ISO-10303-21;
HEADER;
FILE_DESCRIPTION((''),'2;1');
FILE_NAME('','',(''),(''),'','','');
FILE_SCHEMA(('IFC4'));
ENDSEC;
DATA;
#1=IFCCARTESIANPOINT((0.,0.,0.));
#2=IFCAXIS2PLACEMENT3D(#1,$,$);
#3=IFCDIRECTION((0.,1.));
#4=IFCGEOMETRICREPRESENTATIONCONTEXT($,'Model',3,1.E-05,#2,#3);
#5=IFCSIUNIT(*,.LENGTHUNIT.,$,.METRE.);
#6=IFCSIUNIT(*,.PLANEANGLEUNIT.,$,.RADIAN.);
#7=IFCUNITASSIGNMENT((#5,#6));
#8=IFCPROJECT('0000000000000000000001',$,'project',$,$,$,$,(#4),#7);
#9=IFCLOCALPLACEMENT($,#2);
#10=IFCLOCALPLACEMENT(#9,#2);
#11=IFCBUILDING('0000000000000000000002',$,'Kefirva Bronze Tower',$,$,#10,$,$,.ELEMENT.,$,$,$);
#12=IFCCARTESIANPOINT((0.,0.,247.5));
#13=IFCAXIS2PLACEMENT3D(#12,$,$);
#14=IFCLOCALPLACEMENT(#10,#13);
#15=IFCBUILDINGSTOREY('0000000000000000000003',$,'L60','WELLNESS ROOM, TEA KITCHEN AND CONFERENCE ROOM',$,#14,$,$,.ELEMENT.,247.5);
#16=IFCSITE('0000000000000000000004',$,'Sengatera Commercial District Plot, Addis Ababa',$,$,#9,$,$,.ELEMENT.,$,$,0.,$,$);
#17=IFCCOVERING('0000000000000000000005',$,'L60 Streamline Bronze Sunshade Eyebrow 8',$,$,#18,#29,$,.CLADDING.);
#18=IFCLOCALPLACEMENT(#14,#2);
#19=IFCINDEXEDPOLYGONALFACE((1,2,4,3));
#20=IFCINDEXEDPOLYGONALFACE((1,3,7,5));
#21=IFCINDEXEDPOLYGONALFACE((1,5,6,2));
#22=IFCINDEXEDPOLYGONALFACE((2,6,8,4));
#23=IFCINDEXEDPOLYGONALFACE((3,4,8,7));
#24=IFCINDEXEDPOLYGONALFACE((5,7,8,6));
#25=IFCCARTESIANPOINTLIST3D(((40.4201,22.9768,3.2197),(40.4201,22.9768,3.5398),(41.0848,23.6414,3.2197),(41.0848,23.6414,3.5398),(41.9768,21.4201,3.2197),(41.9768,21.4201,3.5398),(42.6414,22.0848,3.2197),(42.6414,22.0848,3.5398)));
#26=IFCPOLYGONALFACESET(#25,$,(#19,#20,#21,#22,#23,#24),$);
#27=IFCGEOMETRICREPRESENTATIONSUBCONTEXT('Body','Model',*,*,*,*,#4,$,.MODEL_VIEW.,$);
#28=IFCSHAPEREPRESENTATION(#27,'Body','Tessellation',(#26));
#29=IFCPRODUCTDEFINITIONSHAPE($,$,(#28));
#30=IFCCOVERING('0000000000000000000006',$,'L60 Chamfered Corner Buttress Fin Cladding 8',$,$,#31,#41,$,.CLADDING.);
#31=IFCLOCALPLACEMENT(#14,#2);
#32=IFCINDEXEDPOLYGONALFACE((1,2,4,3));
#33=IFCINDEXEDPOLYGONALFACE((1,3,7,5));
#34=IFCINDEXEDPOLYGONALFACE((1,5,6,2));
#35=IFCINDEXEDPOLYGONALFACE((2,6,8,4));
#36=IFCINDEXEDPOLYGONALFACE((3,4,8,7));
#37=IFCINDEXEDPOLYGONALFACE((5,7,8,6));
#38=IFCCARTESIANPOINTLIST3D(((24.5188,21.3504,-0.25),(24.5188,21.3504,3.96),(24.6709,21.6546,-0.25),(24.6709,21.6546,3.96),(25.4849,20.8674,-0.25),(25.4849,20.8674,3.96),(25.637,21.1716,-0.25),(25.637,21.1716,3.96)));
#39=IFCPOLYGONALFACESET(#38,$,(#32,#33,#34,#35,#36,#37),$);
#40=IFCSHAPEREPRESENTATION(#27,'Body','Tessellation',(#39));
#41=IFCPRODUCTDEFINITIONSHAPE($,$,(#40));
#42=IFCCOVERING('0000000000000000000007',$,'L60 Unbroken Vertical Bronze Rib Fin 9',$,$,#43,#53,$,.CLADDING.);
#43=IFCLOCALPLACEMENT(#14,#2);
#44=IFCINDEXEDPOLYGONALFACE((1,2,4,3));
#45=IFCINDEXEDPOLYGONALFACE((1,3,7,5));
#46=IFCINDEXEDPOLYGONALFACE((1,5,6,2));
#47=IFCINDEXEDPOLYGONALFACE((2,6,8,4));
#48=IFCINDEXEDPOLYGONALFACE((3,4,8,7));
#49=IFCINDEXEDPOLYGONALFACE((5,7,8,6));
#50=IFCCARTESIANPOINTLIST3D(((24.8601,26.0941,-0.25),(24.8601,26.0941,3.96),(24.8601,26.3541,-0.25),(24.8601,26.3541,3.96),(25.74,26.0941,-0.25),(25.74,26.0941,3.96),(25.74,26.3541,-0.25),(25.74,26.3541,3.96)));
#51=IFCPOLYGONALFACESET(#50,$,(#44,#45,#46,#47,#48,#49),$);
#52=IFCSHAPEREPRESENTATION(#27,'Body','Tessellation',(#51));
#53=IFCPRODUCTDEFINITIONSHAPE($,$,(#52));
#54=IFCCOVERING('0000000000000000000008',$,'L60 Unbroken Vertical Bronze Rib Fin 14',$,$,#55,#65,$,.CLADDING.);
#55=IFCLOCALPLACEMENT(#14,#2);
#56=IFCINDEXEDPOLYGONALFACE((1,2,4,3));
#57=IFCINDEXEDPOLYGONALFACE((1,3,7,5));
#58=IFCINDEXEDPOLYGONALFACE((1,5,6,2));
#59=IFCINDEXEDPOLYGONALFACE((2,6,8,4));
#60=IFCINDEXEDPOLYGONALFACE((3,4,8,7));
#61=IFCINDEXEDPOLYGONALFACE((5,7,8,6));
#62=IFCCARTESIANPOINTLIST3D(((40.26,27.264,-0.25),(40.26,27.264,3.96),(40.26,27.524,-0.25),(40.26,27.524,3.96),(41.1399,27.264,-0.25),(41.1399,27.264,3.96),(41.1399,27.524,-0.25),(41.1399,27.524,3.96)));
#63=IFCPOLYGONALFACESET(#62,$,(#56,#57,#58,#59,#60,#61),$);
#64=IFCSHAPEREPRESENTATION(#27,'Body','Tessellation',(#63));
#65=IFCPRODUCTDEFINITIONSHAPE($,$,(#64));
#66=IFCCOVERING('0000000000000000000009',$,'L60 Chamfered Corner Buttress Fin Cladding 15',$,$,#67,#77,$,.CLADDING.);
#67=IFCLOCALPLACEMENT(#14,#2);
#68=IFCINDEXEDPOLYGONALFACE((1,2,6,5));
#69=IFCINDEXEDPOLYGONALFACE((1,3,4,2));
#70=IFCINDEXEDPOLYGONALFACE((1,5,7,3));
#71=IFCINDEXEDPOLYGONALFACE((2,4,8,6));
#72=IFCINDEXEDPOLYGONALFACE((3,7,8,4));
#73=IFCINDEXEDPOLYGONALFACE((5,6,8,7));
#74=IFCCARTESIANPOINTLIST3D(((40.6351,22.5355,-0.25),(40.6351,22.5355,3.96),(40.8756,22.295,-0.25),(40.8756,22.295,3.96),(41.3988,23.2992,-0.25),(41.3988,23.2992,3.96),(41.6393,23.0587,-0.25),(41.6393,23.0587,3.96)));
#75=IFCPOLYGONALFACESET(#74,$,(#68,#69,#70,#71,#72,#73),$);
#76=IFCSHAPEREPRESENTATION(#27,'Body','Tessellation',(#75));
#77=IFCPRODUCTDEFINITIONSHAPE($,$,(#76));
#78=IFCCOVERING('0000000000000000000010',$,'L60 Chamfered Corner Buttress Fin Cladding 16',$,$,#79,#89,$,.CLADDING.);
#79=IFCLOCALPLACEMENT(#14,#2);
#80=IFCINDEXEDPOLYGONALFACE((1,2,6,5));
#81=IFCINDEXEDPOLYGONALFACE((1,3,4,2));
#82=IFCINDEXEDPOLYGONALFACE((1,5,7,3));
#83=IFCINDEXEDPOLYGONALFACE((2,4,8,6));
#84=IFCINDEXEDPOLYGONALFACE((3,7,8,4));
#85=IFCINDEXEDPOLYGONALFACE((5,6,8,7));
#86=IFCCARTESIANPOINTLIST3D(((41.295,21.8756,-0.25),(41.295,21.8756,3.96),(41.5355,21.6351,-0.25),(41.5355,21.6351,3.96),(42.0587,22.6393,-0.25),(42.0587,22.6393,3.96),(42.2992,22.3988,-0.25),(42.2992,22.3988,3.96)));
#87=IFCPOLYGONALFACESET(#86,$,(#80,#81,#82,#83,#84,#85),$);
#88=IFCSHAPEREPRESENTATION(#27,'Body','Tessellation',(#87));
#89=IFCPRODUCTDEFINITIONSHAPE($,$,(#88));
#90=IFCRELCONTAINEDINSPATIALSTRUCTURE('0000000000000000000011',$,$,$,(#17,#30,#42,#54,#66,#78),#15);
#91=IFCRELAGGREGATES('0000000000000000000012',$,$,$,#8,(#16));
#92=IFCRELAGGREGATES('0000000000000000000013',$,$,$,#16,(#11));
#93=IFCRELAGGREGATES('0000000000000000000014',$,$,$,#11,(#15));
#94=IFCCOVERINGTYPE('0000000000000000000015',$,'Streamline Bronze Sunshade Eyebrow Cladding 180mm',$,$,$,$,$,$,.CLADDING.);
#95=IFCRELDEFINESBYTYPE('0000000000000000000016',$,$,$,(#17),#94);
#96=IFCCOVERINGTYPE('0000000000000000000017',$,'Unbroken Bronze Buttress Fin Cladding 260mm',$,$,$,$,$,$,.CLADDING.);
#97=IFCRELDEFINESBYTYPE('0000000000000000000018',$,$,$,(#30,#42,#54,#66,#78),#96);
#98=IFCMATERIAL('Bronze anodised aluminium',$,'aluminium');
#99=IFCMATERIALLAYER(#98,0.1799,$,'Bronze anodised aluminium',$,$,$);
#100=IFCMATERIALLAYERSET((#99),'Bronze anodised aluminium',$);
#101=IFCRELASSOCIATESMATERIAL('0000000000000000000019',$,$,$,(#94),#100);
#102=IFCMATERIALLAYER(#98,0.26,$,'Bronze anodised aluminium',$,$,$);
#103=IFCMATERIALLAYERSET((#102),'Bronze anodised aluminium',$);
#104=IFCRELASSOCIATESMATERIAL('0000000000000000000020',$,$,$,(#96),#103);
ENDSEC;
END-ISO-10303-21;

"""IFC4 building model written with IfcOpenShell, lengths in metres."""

from ifc_helpers import new_model, si_unit, direction, frame, origin, origin_2d, place, context, subcontext, project, spatial, rectangle, extrude, material, layer, layer_set, type_object, element, save


model = new_model("IFC4")

# Units and contexts
model_context = context("Model", 3, precision=1e-05, world=origin(), true_north=direction((0.0, 1.0)))
body_context = subcontext(model_context, "Body", "Model", "MODEL_VIEW")
ifc_project = project(units=[si_unit("LENGTHUNIT", "METRE"), si_unit("PLANEANGLEUNIT", "RADIAN")], contexts=[model_context])

# Site, building, storey
site_placement = place(None, origin())
site = spatial("IfcSite", under=ifc_project, at=site_placement, Name="Sengatera Commercial District Plot, Addis Ababa", CompositionType="ELEMENT", RefElevation=0.0)
building_placement = place(site_placement, origin())
building = spatial("IfcBuilding", under=site, at=building_placement, Name="Kefirva Bronze Tower", CompositionType="ELEMENT")
storey_placement = place(building_placement, frame((0.0, 0.0, 247.5)))
storey = spatial("IfcBuildingStorey", under=building, at=storey_placement, Name="L60", Description="WELLNESS ROOM, TEA KITCHEN AND CONFERENCE ROOM", CompositionType="ELEMENT", Elevation=247.5)

# Coverings
ifc_material_1 = material(Name="Bronze anodised aluminium", Category="aluminium")
ifc_layer_1 = layer(ifc_material_1, 0.1799, Name="Bronze anodised aluminium")
ifc_layer_set_1 = layer_set([ifc_layer_1], Name="Bronze anodised aluminium")
covering_type_1 = type_object("IfcCoveringType", Name="Streamline Bronze Sunshade Eyebrow Cladding 180mm", PredefinedType="CLADDING", material=ifc_layer_set_1)
covering_1_placement = place(storey_placement, frame((41.5308, 22.5308, 3.2197), z_axis=(0.0, 0.0, 1.0), x_axis=(0.707107, -0.707107, 0.0)))
element("IfcCovering", 1, at=covering_1_placement, inside=storey, type_object=covering_type_1, Name="L60 Streamline Bronze Sunshade Eyebrow 8", PredefinedType="CLADDING", context=body_context, shape_type="SweptSolid", body=[
    extrude(rectangle(XDim=2.2014, YDim=0.9399, at=origin_2d()), origin(), (0.0, 0.0, 1.0), 0.3201),
])
ifc_layer_2 = layer(ifc_material_1, 0.26, Name="Bronze anodised aluminium")
ifc_layer_set_2 = layer_set([ifc_layer_2], Name="Bronze anodised aluminium")
covering_type_2 = type_object("IfcCoveringType", Name="Unbroken Bronze Buttress Fin Cladding 260mm", PredefinedType="CLADDING", material=ifc_layer_set_2)
covering_2_placement = place(storey_placement, frame((25.0779, 21.261, -0.25), z_axis=(0.0, 0.0, 1.0), x_axis=(0.447214, 0.894427, 0.0)))
element("IfcCovering", 2, at=covering_2_placement, inside=storey, type_object=covering_type_2, Name="L60 Chamfered Corner Buttress Fin Cladding 8", PredefinedType="CLADDING", context=body_context, shape_type="SweptSolid", body=[
    extrude(rectangle(XDim=0.3401, YDim=1.0801, at=origin_2d()), origin(), (0.0, 0.0, 1.0), 4.21),
])
for number, where, z_axis, x_axis, name in (
    (3, (25.3, 26.2241, -0.25), (0.0, 0.0, 1.0), (0.0, 1.0, 0.0), "L60 Unbroken Vertical Bronze Rib Fin 9"),
    (4, (40.7, 27.394, -0.25), (0.0, 0.0, 1.0), (0.0, -1.0, 0.0), "L60 Unbroken Vertical Bronze Rib Fin 14"),
):
    element("IfcCovering", number, at=place(storey_placement, frame(where, z_axis=z_axis, x_axis=x_axis)), inside=storey, type_object=covering_type_2, Name=name, PredefinedType="CLADDING", context=body_context, shape_type="SweptSolid", body=[
        extrude(rectangle(XDim=0.26, YDim=0.8799, at=origin_2d()), origin(), (0.0, 0.0, 1.0), 4.21),
    ])
for number, where, z_axis, x_axis, name in (
    (5, (41.1372, 22.7971, -0.25), (0.0, 0.0, 1.0), (0.707107, -0.707107, 0.0), "L60 Chamfered Corner Buttress Fin Cladding 15"),
    (6, (41.7971, 22.1372, -0.25), (0.0, 0.0, 1.0), (0.707107, -0.707107, 0.0), "L60 Chamfered Corner Buttress Fin Cladding 16"),
):
    element("IfcCovering", number, at=place(storey_placement, frame(where, z_axis=z_axis, x_axis=x_axis)), inside=storey, type_object=covering_type_2, Name=name, PredefinedType="CLADDING", context=body_context, shape_type="SweptSolid", body=[
        extrude(rectangle(XDim=0.3401, YDim=1.0801, at=origin_2d()), origin(), (0.0, 0.0, 1.0), 4.21),
    ])

save(model, "model.ifc")
